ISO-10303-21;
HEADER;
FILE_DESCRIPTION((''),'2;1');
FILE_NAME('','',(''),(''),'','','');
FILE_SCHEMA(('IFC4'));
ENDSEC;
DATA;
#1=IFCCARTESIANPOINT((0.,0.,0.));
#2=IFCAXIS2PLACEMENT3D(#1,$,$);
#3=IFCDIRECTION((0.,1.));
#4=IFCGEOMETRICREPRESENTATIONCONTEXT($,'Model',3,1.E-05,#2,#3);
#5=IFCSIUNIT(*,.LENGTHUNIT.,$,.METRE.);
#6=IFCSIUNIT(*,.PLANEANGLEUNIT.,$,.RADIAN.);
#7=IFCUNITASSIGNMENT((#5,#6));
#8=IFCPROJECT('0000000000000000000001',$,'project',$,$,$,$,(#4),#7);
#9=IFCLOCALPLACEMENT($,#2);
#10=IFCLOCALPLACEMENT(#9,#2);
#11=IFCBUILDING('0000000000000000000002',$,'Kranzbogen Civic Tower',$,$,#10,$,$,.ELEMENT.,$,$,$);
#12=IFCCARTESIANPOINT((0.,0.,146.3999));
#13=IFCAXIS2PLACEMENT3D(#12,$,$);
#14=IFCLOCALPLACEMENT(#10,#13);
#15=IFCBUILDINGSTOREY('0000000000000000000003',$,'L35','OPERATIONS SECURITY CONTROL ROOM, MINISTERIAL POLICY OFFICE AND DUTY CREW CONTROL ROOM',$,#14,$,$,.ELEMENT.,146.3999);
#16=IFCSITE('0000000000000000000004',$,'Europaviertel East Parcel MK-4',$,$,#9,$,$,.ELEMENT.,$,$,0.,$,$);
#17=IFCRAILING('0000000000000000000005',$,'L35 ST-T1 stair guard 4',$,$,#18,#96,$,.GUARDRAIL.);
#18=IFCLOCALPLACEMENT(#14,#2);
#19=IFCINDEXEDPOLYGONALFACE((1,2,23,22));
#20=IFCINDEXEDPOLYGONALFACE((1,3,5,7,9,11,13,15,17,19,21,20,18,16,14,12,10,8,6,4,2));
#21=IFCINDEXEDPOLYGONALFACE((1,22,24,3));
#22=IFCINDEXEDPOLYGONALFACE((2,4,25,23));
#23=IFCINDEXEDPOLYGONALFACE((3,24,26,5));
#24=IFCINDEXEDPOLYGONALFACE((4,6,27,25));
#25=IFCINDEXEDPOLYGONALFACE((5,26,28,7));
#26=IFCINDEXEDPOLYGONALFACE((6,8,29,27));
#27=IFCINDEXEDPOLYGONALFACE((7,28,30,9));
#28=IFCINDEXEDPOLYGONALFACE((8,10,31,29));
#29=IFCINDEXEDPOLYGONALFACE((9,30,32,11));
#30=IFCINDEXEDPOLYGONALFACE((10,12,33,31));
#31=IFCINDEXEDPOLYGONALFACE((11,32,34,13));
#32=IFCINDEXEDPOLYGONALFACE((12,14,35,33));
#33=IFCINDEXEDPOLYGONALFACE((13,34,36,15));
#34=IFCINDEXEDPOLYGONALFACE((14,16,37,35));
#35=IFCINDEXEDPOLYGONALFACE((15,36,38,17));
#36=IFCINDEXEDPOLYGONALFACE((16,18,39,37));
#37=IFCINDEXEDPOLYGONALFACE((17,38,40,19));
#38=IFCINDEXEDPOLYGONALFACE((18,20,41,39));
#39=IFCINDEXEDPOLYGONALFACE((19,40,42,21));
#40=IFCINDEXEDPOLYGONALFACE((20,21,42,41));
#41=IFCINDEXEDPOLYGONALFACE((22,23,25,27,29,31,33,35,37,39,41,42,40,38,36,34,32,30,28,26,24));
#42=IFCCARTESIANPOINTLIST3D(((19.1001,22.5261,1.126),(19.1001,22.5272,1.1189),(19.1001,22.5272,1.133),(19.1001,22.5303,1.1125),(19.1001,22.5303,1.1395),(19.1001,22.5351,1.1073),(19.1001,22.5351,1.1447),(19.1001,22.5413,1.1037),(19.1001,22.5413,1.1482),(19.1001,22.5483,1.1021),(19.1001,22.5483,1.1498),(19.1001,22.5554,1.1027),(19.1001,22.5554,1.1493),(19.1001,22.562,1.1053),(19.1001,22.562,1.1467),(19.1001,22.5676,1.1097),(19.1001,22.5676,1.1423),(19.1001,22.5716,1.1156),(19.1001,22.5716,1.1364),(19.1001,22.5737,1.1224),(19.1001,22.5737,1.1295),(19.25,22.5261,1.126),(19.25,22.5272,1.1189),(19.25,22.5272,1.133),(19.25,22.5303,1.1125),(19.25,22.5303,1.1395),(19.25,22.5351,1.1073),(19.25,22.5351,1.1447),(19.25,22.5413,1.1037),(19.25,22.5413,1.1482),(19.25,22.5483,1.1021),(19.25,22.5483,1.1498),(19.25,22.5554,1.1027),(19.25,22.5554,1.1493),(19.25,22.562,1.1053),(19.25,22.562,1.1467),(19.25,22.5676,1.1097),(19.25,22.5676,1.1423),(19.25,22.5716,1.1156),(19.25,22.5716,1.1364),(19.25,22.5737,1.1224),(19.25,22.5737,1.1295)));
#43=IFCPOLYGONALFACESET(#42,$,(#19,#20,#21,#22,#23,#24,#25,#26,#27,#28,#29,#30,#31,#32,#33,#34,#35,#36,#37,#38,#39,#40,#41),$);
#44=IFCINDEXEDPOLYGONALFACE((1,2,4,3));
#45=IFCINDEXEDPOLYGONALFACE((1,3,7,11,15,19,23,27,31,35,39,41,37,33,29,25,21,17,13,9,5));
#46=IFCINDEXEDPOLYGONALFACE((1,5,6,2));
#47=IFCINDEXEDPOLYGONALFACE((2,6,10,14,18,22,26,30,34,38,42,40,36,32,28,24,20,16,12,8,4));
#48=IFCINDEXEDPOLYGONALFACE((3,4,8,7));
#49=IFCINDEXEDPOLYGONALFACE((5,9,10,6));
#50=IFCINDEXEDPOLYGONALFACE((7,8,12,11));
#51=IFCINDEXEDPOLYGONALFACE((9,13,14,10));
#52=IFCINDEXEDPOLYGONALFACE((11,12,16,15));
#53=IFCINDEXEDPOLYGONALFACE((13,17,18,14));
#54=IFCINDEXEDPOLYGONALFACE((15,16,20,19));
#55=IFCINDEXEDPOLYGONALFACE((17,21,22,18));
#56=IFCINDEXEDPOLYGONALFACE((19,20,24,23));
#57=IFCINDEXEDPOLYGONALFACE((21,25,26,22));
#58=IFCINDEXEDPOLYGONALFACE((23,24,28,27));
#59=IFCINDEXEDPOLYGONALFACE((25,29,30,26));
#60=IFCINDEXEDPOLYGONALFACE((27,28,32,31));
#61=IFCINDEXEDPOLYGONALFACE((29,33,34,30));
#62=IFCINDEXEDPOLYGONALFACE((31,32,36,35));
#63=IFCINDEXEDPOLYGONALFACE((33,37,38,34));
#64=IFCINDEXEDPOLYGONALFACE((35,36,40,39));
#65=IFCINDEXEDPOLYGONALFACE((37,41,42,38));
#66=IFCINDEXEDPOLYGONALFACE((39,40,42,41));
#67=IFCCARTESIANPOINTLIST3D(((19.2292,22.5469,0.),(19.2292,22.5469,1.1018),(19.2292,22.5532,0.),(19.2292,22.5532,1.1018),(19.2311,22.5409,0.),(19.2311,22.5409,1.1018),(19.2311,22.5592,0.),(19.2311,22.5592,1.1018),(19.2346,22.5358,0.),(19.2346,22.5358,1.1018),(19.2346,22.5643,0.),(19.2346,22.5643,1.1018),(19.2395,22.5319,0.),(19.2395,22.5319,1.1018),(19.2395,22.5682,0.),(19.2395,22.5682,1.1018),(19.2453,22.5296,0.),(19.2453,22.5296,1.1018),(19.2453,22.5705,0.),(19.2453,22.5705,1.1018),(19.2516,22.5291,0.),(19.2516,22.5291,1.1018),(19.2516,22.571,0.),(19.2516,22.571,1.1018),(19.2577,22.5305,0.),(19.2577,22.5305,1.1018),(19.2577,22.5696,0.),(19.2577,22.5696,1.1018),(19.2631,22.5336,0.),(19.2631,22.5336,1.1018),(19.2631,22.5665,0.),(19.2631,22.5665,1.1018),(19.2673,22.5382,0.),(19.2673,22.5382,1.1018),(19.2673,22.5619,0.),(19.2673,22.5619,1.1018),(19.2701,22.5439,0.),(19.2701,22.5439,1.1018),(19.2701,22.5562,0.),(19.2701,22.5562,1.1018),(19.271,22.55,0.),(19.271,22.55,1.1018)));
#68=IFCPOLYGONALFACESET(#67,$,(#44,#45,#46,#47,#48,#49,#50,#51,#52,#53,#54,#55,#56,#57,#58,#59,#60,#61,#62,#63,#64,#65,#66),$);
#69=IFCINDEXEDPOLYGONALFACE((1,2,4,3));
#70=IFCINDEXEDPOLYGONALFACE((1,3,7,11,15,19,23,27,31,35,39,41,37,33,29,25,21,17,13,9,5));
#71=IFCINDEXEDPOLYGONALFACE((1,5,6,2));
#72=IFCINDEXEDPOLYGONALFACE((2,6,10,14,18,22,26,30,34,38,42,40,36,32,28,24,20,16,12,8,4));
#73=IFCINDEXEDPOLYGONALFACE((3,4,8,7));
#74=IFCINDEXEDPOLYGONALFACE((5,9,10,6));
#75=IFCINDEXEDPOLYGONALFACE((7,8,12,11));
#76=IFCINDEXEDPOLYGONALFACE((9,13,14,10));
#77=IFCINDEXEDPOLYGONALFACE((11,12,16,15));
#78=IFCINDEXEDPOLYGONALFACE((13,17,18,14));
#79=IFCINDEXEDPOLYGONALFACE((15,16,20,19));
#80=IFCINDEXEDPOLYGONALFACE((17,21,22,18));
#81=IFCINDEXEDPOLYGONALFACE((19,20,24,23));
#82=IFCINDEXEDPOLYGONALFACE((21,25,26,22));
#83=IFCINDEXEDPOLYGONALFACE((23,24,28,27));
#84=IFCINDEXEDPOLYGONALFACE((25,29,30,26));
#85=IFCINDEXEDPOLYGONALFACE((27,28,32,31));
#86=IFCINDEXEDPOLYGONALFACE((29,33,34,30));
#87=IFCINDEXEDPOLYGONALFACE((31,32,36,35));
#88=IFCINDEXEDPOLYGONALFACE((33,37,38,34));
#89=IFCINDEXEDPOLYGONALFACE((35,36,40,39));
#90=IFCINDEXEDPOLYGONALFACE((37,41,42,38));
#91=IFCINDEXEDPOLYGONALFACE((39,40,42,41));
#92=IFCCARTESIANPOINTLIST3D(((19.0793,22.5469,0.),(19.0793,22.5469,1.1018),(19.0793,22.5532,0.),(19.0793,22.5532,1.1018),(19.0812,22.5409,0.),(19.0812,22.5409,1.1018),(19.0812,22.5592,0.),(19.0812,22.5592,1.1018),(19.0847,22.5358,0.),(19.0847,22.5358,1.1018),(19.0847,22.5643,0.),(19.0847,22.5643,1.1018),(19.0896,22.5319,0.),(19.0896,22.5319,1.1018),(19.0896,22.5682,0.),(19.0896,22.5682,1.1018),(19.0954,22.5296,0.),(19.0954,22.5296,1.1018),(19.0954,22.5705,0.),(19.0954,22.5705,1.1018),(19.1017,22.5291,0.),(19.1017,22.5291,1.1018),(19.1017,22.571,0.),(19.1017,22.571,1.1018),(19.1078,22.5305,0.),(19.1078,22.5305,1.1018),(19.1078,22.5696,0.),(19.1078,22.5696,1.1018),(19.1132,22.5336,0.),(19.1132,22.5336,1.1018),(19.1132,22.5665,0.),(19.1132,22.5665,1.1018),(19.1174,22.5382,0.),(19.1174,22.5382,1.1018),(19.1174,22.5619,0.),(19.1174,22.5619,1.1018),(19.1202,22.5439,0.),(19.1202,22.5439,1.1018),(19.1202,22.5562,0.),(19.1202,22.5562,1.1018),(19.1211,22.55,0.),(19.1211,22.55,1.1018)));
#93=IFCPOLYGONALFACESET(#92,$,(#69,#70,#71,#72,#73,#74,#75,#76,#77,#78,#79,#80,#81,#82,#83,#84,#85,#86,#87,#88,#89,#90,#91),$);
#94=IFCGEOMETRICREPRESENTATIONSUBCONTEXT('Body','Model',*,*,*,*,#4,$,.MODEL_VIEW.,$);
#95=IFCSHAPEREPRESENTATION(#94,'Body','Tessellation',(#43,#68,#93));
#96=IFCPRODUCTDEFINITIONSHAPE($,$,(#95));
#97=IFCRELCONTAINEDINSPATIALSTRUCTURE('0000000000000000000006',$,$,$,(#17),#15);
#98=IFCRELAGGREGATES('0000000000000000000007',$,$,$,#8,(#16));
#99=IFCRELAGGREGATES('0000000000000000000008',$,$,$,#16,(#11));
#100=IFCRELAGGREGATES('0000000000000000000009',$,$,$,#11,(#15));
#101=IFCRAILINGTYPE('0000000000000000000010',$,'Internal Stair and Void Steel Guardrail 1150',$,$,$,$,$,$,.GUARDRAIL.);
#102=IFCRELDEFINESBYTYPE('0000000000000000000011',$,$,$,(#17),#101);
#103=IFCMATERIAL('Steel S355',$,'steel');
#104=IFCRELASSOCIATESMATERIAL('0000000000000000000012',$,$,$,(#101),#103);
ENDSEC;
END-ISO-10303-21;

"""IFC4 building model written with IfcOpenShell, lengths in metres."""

from ifc_helpers import new_model, si_unit, direction, frame, origin, origin_2d, place, context, subcontext, project, spatial, circle, extrude, material, type_object, element, save


model = new_model("IFC4")

# Units and contexts
model_context = context("Model", 3, precision=1e-05, world=origin(), true_north=direction((0.0, 1.0)))
body_context = subcontext(model_context, "Body", "Model", "MODEL_VIEW")
ifc_project = project(units=[si_unit("LENGTHUNIT", "METRE"), si_unit("PLANEANGLEUNIT", "RADIAN")], contexts=[model_context])

# Site, building, storey
site_placement = place(None, origin())
site = spatial("IfcSite", under=ifc_project, at=site_placement, Name="Europaviertel East Parcel MK-4", CompositionType="ELEMENT", RefElevation=0.0)
building_placement = place(site_placement, origin())
building = spatial("IfcBuilding", under=site, at=building_placement, Name="Kranzbogen Civic Tower", CompositionType="ELEMENT")
storey_placement = place(building_placement, frame((0.0, 0.0, 146.3999)))
storey = spatial("IfcBuildingStorey", under=building, at=storey_placement, Name="L35", Description="OPERATIONS SECURITY CONTROL ROOM, MINISTERIAL POLICY OFFICE AND DUTY CREW CONTROL ROOM", CompositionType="ELEMENT", Elevation=146.3999)

# Shared definitions
ifc_material_1 = material(Name="Steel S355", Category="steel")

# Railing
railing_type_1 = type_object("IfcRailingType", Name="Internal Stair and Void Steel Guardrail 1150", PredefinedType="GUARDRAIL", material=ifc_material_1)
railing_1_placement = place(storey_placement, frame((19.25, 22.55, 0.0)))
element("IfcRailing", 1, at=railing_1_placement, inside=storey, type_object=railing_type_1, Name="L35 ST-T1 stair guard 4", PredefinedType="GUARDRAIL", context=body_context, shape_type="SweptSolid", body=[
    extrude(circle(Radius=0.0239, at=origin_2d()), frame((0.0, 0.0, 1.126), z_axis=(-1.0, 0.0, 0.0), x_axis=(0.0, -1.0, 0.0)), (0.0, 0.0, 1.0), 0.1499),
    extrude(circle(Radius=0.021, at=origin_2d()), origin(), (0.0, 0.0, 1.0), 1.1018),
    extrude(circle(Radius=0.021, at=origin_2d()), frame((-0.1499, 0.0, 0.0)), (0.0, 0.0, 1.0), 1.1018),
])

save(model, "model.ifc")
